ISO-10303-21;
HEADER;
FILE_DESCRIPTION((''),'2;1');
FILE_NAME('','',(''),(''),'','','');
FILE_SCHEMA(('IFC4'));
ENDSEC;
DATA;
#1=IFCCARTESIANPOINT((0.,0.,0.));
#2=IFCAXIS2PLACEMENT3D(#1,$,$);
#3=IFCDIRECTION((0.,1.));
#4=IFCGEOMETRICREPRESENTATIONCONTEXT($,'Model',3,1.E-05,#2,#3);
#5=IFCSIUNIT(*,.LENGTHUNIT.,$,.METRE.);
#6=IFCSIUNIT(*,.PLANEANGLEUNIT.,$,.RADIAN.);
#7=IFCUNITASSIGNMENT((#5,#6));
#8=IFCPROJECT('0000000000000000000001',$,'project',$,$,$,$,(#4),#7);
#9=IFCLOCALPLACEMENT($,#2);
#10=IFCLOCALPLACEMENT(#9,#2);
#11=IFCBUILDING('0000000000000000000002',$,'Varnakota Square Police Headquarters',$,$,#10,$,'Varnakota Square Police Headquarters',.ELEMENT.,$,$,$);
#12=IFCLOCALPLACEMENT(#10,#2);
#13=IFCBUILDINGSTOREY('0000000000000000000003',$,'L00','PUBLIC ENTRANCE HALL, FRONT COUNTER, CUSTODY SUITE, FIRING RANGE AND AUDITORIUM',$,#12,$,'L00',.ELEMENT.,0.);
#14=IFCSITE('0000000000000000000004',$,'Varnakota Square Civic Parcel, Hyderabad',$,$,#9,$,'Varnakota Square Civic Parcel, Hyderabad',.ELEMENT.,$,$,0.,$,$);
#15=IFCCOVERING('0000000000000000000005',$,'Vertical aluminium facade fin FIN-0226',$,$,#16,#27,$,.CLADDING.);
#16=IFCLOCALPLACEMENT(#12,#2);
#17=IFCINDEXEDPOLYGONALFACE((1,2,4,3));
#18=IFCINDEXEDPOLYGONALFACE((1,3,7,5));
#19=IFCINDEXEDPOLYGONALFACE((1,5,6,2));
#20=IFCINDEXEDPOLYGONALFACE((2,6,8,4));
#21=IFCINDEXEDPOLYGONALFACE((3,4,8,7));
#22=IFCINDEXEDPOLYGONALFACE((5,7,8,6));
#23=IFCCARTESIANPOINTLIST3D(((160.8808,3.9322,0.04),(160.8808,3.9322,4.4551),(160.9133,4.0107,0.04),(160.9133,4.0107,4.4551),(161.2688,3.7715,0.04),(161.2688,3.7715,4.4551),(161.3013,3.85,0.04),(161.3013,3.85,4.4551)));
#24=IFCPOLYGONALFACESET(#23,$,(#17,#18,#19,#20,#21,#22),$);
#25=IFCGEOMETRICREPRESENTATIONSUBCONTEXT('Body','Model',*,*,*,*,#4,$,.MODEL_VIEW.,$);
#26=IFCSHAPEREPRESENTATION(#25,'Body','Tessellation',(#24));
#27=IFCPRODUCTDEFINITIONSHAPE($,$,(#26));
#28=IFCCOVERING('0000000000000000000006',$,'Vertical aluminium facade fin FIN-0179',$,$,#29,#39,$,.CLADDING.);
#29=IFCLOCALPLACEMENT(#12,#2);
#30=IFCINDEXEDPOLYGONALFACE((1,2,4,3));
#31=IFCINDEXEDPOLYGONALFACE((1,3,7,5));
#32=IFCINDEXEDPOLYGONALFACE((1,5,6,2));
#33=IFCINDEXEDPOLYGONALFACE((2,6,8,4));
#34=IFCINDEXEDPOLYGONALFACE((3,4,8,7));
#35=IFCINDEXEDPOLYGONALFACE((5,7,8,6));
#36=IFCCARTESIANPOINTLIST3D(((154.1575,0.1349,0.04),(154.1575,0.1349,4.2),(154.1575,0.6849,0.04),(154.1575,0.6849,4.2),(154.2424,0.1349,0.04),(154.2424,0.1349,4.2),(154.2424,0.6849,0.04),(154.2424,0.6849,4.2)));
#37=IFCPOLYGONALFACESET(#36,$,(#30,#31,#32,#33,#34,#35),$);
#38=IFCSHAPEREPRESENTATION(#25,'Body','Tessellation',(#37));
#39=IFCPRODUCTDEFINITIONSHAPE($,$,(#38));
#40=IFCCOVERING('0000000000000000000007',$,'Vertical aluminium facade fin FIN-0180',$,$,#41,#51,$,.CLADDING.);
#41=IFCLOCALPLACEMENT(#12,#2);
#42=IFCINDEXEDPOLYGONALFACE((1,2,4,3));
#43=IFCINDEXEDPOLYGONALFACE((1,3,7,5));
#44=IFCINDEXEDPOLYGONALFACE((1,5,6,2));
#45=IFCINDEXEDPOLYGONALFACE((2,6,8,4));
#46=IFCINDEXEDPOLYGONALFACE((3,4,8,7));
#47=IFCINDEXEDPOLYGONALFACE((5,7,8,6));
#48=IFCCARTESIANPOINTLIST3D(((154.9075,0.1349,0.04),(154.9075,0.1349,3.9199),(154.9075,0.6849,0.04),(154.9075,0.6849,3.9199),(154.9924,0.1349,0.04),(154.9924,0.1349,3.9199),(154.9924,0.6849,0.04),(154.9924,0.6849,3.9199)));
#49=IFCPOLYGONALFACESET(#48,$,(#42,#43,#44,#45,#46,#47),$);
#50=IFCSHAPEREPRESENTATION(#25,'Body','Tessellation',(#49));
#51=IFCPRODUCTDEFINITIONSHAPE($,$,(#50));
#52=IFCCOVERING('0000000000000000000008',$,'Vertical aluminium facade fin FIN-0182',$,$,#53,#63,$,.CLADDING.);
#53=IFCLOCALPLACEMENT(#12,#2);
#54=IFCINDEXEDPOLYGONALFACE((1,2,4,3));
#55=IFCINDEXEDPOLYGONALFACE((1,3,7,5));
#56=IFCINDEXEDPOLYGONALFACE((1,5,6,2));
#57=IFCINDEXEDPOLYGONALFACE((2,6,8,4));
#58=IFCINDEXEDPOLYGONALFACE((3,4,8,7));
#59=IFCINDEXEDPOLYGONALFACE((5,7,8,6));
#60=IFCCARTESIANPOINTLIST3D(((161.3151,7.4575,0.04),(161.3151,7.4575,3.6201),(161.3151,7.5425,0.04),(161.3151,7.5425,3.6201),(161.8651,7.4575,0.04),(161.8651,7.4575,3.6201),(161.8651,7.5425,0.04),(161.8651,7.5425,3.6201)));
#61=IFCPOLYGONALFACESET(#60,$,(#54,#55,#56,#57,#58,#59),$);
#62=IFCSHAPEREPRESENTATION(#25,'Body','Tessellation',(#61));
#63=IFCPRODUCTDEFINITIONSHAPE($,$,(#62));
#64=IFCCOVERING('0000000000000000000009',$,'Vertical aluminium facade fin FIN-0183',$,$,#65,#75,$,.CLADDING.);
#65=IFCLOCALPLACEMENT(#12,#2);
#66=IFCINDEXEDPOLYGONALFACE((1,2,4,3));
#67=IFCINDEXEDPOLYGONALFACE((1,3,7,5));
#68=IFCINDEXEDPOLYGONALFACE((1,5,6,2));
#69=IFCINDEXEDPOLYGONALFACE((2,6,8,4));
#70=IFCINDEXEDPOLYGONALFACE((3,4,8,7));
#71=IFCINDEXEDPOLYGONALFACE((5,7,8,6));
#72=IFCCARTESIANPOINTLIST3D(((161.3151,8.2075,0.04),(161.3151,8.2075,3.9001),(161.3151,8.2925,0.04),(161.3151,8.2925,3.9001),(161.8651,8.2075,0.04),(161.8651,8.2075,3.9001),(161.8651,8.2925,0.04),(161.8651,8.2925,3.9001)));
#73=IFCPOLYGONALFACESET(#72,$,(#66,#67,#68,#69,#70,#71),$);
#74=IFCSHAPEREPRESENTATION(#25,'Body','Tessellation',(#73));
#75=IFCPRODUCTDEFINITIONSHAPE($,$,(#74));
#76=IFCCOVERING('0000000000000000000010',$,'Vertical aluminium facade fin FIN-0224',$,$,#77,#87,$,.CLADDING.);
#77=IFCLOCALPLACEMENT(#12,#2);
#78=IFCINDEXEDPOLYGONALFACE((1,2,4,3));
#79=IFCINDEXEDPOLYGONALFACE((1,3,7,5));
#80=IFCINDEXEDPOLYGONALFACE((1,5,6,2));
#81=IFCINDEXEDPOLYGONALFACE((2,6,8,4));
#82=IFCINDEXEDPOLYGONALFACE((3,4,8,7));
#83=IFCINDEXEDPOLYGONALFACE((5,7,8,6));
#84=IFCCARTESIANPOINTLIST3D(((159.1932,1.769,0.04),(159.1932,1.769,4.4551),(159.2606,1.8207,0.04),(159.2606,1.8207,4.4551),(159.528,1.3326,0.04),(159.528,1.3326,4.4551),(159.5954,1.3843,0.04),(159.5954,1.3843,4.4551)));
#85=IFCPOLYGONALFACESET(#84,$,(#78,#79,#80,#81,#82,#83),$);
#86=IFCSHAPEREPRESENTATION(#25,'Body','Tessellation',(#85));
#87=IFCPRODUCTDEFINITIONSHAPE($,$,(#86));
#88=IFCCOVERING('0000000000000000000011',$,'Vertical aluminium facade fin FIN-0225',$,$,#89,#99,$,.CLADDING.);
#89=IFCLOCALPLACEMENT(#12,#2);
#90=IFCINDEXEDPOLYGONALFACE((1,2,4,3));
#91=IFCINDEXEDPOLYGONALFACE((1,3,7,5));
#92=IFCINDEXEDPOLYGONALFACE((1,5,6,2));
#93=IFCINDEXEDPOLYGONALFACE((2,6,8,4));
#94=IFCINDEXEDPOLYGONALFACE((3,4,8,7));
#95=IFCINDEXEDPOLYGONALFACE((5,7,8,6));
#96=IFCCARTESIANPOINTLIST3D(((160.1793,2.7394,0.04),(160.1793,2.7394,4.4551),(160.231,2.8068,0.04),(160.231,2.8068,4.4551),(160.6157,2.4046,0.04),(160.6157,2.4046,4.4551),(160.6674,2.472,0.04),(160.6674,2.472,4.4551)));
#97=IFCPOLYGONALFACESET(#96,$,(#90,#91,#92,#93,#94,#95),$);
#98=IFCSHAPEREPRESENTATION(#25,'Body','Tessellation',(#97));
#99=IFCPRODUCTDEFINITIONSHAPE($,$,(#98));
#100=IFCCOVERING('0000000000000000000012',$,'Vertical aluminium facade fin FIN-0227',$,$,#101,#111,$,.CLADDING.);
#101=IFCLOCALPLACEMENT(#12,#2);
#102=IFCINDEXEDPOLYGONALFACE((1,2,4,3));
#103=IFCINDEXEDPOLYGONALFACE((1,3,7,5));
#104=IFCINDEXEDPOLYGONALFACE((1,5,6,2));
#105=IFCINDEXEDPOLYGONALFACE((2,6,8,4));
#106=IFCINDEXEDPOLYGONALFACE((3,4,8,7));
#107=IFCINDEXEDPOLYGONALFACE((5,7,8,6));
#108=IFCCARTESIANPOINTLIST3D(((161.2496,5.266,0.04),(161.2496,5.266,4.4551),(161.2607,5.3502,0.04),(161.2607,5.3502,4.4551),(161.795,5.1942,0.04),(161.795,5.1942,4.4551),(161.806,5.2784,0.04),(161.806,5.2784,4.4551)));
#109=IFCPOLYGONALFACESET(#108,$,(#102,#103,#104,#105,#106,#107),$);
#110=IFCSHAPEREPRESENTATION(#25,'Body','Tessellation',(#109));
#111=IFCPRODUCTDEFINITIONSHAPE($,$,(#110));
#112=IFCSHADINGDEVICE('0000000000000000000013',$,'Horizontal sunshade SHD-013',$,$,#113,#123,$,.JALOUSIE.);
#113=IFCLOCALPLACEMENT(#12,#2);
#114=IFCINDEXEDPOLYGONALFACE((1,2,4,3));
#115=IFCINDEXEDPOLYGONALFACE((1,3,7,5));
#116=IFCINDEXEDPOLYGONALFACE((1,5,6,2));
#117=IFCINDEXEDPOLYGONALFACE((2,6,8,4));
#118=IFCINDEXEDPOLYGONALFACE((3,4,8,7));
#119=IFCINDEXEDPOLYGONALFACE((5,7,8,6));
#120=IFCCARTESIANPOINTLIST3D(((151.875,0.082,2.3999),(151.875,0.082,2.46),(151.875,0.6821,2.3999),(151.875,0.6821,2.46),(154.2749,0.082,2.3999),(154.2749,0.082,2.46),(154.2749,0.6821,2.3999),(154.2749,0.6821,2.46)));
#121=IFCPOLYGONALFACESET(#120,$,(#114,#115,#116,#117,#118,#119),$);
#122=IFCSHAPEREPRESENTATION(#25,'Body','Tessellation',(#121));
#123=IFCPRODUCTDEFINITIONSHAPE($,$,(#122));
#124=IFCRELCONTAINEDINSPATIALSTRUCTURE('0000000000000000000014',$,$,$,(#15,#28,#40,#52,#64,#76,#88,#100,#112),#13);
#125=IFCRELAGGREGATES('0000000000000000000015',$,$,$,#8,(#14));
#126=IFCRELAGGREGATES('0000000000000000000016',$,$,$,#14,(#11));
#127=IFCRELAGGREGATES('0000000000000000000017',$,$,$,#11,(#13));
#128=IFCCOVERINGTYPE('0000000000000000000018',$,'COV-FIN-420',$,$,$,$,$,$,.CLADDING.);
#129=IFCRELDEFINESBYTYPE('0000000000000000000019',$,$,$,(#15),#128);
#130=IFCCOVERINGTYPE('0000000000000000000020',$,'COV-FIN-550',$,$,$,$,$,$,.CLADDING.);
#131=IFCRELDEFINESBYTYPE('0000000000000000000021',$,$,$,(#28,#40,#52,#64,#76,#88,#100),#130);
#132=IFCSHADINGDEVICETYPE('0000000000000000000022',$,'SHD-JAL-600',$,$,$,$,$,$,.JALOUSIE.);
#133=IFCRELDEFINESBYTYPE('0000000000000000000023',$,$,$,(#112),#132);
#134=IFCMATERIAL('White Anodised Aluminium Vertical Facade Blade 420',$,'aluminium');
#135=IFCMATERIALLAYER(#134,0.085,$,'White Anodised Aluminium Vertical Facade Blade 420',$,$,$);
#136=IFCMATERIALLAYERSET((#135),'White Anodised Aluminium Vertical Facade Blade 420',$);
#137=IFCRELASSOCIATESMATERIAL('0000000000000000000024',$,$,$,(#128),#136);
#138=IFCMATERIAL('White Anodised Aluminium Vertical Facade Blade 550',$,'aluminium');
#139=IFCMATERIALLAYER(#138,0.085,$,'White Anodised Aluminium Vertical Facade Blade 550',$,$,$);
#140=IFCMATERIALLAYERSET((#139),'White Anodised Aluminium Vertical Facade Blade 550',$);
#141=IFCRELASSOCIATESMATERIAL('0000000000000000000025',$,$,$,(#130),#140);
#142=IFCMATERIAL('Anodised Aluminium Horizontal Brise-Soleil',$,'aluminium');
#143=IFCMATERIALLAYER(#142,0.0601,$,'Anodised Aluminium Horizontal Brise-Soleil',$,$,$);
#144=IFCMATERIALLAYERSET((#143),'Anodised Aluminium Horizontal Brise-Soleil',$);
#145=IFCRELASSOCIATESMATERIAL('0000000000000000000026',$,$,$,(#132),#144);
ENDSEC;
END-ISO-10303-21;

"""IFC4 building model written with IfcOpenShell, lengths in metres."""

from ifc_helpers import new_model, si_unit, direction, frame, origin, origin_2d, place, context, subcontext, project, spatial, rectangle, extrude, material, layer, layer_set, type_object, element, save


model = new_model("IFC4")

# Units and contexts
model_context = context("Model", 3, precision=1e-05, world=origin(), true_north=direction((0.0, 1.0)))
body_context = subcontext(model_context, "Body", "Model", "MODEL_VIEW")
ifc_project = project(units=[si_unit("LENGTHUNIT", "METRE"), si_unit("PLANEANGLEUNIT", "RADIAN")], contexts=[model_context])

# Site, building, storey
site_placement = place(None, origin())
site = spatial("IfcSite", under=ifc_project, at=site_placement, Name="Varnakota Square Civic Parcel, Hyderabad", LongName="Varnakota Square Civic Parcel, Hyderabad", CompositionType="ELEMENT", RefElevation=0.0)
building_placement = place(site_placement, origin())
building = spatial("IfcBuilding", under=site, at=building_placement, Name="Varnakota Square Police Headquarters", LongName="Varnakota Square Police Headquarters", CompositionType="ELEMENT")
storey_placement = place(building_placement, origin())
storey = spatial("IfcBuildingStorey", under=building, at=storey_placement, Name="L00", Description="PUBLIC ENTRANCE HALL, FRONT COUNTER, CUSTODY SUITE, FIRING RANGE AND AUDITORIUM", LongName="L00", CompositionType="ELEMENT", Elevation=0.0)

# Coverings
ifc_material_1 = material(Name="White Anodised Aluminium Vertical Facade Blade 420", Category="aluminium")
ifc_layer_1 = layer(ifc_material_1, 0.085, Name="White Anodised Aluminium Vertical Facade Blade 420")
ifc_layer_set_1 = layer_set([ifc_layer_1], Name="White Anodised Aluminium Vertical Facade Blade 420")
covering_type_1 = type_object("IfcCoveringType", Name="COV-FIN-420", PredefinedType="CLADDING", material=ifc_layer_set_1)
for number, where, z_axis, x_axis, name in (
    (1, (161.0911, 3.8911, 0.04), (0.0, 0.0, 1.0), (0.382683, 0.92388, 0.0), "Vertical aluminium facade fin FIN-0226"),
):
    element("IfcCovering", number, at=place(storey_placement, frame(where, z_axis=z_axis, x_axis=x_axis)), inside=storey, type_object=covering_type_1, Name=name, PredefinedType="CLADDING", context=body_context, shape_type="SweptSolid", body=[
        extrude(rectangle(XDim=0.085, YDim=0.4199, at=origin_2d()), origin(), (0.0, 0.0, 1.0), 4.415),
    ])
ifc_material_2 = material(Name="White Anodised Aluminium Vertical Facade Blade 550", Category="aluminium")
ifc_layer_2 = layer(ifc_material_2, 0.085, Name="White Anodised Aluminium Vertical Facade Blade 550")
ifc_layer_set_2 = layer_set([ifc_layer_2], Name="White Anodised Aluminium Vertical Facade Blade 550")
covering_type_2 = type_object("IfcCoveringType", Name="COV-FIN-550", PredefinedType="CLADDING", material=ifc_layer_set_2)
covering_1_placement = place(storey_placement, frame((154.2, 0.4099, 0.04), z_axis=(0.0, 0.0, 1.0), x_axis=(1.0, 0.0, 0.0)))
element("IfcCovering", 2, at=covering_1_placement, inside=storey, type_object=covering_type_2, Name="Vertical aluminium facade fin FIN-0179", PredefinedType="CLADDING", context=body_context, shape_type="SweptSolid", body=[
    extrude(rectangle(XDim=0.085, YDim=0.55, at=origin_2d()), origin(), (0.0, 0.0, 1.0), 4.1599),
])
covering_2_placement = place(storey_placement, frame((154.95, 0.4099, 0.04), z_axis=(0.0, 0.0, 1.0), x_axis=(1.0, 0.0, 0.0)))
element("IfcCovering", 3, at=covering_2_placement, inside=storey, type_object=covering_type_2, Name="Vertical aluminium facade fin FIN-0180", PredefinedType="CLADDING", context=body_context, shape_type="SweptSolid", body=[
    extrude(rectangle(XDim=0.085, YDim=0.55, at=origin_2d()), origin(), (0.0, 0.0, 1.0), 3.8799),
])
covering_3_placement = place(storey_placement, frame((161.5901, 7.5, 0.04), z_axis=(0.0, 0.0, 1.0), x_axis=(0.0, 1.0, 0.0)))
element("IfcCovering", 4, at=covering_3_placement, inside=storey, type_object=covering_type_2, Name="Vertical aluminium facade fin FIN-0182", PredefinedType="CLADDING", context=body_context, shape_type="SweptSolid", body=[
    extrude(rectangle(XDim=0.085, YDim=0.55, at=origin_2d()), origin(), (0.0, 0.0, 1.0), 3.5801),
])
covering_4_placement = place(storey_placement, frame((161.5901, 8.25, 0.04), z_axis=(0.0, 0.0, 1.0), x_axis=(0.0, 1.0, 0.0)))
element("IfcCovering", 5, at=covering_4_placement, inside=storey, type_object=covering_type_2, Name="Vertical aluminium facade fin FIN-0183", PredefinedType="CLADDING", context=body_context, shape_type="SweptSolid", body=[
    extrude(rectangle(XDim=0.085, YDim=0.55, at=origin_2d()), origin(), (0.0, 0.0, 1.0), 3.8601),
])
for number, where, z_axis, x_axis, name in (
    (6, (159.3943, 1.5767, 0.04), (0.0, 0.0, 1.0), (0.793353, 0.608761, 0.0), "Vertical aluminium facade fin FIN-0224"),
    (7, (160.4233, 2.6057, 0.04), (0.0, 0.0, 1.0), (0.608761, 0.793353, 0.0), "Vertical aluminium facade fin FIN-0225"),
    (8, (161.5278, 5.2722, 0.04), (0.0, 0.0, 1.0), (0.130526, 0.991445, 0.0), "Vertical aluminium facade fin FIN-0227"),
):
    element("IfcCovering", number, at=place(storey_placement, frame(where, z_axis=z_axis, x_axis=x_axis)), inside=storey, type_object=covering_type_2, Name=name, PredefinedType="CLADDING", context=body_context, shape_type="SweptSolid", body=[
        extrude(rectangle(XDim=0.085, YDim=0.55, at=origin_2d()), origin(), (0.0, 0.0, 1.0), 4.415),
    ])

# Shading device
ifc_material_3 = material(Name="Anodised Aluminium Horizontal Brise-Soleil", Category="aluminium")
ifc_layer_3 = layer(ifc_material_3, 0.0601, Name="Anodised Aluminium Horizontal Brise-Soleil")
ifc_layer_set_3 = layer_set([ifc_layer_3], Name="Anodised Aluminium Horizontal Brise-Soleil")
shading_device_type = type_object("IfcShadingDeviceType", Name="SHD-JAL-600", PredefinedType="JALOUSIE", material=ifc_layer_set_3)
shading_device_placement = place(storey_placement, frame((153.075, 0.3821, 2.3999), z_axis=(0.0, 0.0, 1.0), x_axis=(1.0, 0.0, 0.0)))
element("IfcShadingDevice", 9, at=shading_device_placement, inside=storey, type_object=shading_device_type, Name="Horizontal sunshade SHD-013", PredefinedType="JALOUSIE", context=body_context, shape_type="SweptSolid", body=[
    extrude(rectangle(XDim=2.3999, YDim=0.6001, at=origin_2d()), origin(), (0.0, 0.0, 1.0), 0.0601),
])

save(model, "model.ifc")
